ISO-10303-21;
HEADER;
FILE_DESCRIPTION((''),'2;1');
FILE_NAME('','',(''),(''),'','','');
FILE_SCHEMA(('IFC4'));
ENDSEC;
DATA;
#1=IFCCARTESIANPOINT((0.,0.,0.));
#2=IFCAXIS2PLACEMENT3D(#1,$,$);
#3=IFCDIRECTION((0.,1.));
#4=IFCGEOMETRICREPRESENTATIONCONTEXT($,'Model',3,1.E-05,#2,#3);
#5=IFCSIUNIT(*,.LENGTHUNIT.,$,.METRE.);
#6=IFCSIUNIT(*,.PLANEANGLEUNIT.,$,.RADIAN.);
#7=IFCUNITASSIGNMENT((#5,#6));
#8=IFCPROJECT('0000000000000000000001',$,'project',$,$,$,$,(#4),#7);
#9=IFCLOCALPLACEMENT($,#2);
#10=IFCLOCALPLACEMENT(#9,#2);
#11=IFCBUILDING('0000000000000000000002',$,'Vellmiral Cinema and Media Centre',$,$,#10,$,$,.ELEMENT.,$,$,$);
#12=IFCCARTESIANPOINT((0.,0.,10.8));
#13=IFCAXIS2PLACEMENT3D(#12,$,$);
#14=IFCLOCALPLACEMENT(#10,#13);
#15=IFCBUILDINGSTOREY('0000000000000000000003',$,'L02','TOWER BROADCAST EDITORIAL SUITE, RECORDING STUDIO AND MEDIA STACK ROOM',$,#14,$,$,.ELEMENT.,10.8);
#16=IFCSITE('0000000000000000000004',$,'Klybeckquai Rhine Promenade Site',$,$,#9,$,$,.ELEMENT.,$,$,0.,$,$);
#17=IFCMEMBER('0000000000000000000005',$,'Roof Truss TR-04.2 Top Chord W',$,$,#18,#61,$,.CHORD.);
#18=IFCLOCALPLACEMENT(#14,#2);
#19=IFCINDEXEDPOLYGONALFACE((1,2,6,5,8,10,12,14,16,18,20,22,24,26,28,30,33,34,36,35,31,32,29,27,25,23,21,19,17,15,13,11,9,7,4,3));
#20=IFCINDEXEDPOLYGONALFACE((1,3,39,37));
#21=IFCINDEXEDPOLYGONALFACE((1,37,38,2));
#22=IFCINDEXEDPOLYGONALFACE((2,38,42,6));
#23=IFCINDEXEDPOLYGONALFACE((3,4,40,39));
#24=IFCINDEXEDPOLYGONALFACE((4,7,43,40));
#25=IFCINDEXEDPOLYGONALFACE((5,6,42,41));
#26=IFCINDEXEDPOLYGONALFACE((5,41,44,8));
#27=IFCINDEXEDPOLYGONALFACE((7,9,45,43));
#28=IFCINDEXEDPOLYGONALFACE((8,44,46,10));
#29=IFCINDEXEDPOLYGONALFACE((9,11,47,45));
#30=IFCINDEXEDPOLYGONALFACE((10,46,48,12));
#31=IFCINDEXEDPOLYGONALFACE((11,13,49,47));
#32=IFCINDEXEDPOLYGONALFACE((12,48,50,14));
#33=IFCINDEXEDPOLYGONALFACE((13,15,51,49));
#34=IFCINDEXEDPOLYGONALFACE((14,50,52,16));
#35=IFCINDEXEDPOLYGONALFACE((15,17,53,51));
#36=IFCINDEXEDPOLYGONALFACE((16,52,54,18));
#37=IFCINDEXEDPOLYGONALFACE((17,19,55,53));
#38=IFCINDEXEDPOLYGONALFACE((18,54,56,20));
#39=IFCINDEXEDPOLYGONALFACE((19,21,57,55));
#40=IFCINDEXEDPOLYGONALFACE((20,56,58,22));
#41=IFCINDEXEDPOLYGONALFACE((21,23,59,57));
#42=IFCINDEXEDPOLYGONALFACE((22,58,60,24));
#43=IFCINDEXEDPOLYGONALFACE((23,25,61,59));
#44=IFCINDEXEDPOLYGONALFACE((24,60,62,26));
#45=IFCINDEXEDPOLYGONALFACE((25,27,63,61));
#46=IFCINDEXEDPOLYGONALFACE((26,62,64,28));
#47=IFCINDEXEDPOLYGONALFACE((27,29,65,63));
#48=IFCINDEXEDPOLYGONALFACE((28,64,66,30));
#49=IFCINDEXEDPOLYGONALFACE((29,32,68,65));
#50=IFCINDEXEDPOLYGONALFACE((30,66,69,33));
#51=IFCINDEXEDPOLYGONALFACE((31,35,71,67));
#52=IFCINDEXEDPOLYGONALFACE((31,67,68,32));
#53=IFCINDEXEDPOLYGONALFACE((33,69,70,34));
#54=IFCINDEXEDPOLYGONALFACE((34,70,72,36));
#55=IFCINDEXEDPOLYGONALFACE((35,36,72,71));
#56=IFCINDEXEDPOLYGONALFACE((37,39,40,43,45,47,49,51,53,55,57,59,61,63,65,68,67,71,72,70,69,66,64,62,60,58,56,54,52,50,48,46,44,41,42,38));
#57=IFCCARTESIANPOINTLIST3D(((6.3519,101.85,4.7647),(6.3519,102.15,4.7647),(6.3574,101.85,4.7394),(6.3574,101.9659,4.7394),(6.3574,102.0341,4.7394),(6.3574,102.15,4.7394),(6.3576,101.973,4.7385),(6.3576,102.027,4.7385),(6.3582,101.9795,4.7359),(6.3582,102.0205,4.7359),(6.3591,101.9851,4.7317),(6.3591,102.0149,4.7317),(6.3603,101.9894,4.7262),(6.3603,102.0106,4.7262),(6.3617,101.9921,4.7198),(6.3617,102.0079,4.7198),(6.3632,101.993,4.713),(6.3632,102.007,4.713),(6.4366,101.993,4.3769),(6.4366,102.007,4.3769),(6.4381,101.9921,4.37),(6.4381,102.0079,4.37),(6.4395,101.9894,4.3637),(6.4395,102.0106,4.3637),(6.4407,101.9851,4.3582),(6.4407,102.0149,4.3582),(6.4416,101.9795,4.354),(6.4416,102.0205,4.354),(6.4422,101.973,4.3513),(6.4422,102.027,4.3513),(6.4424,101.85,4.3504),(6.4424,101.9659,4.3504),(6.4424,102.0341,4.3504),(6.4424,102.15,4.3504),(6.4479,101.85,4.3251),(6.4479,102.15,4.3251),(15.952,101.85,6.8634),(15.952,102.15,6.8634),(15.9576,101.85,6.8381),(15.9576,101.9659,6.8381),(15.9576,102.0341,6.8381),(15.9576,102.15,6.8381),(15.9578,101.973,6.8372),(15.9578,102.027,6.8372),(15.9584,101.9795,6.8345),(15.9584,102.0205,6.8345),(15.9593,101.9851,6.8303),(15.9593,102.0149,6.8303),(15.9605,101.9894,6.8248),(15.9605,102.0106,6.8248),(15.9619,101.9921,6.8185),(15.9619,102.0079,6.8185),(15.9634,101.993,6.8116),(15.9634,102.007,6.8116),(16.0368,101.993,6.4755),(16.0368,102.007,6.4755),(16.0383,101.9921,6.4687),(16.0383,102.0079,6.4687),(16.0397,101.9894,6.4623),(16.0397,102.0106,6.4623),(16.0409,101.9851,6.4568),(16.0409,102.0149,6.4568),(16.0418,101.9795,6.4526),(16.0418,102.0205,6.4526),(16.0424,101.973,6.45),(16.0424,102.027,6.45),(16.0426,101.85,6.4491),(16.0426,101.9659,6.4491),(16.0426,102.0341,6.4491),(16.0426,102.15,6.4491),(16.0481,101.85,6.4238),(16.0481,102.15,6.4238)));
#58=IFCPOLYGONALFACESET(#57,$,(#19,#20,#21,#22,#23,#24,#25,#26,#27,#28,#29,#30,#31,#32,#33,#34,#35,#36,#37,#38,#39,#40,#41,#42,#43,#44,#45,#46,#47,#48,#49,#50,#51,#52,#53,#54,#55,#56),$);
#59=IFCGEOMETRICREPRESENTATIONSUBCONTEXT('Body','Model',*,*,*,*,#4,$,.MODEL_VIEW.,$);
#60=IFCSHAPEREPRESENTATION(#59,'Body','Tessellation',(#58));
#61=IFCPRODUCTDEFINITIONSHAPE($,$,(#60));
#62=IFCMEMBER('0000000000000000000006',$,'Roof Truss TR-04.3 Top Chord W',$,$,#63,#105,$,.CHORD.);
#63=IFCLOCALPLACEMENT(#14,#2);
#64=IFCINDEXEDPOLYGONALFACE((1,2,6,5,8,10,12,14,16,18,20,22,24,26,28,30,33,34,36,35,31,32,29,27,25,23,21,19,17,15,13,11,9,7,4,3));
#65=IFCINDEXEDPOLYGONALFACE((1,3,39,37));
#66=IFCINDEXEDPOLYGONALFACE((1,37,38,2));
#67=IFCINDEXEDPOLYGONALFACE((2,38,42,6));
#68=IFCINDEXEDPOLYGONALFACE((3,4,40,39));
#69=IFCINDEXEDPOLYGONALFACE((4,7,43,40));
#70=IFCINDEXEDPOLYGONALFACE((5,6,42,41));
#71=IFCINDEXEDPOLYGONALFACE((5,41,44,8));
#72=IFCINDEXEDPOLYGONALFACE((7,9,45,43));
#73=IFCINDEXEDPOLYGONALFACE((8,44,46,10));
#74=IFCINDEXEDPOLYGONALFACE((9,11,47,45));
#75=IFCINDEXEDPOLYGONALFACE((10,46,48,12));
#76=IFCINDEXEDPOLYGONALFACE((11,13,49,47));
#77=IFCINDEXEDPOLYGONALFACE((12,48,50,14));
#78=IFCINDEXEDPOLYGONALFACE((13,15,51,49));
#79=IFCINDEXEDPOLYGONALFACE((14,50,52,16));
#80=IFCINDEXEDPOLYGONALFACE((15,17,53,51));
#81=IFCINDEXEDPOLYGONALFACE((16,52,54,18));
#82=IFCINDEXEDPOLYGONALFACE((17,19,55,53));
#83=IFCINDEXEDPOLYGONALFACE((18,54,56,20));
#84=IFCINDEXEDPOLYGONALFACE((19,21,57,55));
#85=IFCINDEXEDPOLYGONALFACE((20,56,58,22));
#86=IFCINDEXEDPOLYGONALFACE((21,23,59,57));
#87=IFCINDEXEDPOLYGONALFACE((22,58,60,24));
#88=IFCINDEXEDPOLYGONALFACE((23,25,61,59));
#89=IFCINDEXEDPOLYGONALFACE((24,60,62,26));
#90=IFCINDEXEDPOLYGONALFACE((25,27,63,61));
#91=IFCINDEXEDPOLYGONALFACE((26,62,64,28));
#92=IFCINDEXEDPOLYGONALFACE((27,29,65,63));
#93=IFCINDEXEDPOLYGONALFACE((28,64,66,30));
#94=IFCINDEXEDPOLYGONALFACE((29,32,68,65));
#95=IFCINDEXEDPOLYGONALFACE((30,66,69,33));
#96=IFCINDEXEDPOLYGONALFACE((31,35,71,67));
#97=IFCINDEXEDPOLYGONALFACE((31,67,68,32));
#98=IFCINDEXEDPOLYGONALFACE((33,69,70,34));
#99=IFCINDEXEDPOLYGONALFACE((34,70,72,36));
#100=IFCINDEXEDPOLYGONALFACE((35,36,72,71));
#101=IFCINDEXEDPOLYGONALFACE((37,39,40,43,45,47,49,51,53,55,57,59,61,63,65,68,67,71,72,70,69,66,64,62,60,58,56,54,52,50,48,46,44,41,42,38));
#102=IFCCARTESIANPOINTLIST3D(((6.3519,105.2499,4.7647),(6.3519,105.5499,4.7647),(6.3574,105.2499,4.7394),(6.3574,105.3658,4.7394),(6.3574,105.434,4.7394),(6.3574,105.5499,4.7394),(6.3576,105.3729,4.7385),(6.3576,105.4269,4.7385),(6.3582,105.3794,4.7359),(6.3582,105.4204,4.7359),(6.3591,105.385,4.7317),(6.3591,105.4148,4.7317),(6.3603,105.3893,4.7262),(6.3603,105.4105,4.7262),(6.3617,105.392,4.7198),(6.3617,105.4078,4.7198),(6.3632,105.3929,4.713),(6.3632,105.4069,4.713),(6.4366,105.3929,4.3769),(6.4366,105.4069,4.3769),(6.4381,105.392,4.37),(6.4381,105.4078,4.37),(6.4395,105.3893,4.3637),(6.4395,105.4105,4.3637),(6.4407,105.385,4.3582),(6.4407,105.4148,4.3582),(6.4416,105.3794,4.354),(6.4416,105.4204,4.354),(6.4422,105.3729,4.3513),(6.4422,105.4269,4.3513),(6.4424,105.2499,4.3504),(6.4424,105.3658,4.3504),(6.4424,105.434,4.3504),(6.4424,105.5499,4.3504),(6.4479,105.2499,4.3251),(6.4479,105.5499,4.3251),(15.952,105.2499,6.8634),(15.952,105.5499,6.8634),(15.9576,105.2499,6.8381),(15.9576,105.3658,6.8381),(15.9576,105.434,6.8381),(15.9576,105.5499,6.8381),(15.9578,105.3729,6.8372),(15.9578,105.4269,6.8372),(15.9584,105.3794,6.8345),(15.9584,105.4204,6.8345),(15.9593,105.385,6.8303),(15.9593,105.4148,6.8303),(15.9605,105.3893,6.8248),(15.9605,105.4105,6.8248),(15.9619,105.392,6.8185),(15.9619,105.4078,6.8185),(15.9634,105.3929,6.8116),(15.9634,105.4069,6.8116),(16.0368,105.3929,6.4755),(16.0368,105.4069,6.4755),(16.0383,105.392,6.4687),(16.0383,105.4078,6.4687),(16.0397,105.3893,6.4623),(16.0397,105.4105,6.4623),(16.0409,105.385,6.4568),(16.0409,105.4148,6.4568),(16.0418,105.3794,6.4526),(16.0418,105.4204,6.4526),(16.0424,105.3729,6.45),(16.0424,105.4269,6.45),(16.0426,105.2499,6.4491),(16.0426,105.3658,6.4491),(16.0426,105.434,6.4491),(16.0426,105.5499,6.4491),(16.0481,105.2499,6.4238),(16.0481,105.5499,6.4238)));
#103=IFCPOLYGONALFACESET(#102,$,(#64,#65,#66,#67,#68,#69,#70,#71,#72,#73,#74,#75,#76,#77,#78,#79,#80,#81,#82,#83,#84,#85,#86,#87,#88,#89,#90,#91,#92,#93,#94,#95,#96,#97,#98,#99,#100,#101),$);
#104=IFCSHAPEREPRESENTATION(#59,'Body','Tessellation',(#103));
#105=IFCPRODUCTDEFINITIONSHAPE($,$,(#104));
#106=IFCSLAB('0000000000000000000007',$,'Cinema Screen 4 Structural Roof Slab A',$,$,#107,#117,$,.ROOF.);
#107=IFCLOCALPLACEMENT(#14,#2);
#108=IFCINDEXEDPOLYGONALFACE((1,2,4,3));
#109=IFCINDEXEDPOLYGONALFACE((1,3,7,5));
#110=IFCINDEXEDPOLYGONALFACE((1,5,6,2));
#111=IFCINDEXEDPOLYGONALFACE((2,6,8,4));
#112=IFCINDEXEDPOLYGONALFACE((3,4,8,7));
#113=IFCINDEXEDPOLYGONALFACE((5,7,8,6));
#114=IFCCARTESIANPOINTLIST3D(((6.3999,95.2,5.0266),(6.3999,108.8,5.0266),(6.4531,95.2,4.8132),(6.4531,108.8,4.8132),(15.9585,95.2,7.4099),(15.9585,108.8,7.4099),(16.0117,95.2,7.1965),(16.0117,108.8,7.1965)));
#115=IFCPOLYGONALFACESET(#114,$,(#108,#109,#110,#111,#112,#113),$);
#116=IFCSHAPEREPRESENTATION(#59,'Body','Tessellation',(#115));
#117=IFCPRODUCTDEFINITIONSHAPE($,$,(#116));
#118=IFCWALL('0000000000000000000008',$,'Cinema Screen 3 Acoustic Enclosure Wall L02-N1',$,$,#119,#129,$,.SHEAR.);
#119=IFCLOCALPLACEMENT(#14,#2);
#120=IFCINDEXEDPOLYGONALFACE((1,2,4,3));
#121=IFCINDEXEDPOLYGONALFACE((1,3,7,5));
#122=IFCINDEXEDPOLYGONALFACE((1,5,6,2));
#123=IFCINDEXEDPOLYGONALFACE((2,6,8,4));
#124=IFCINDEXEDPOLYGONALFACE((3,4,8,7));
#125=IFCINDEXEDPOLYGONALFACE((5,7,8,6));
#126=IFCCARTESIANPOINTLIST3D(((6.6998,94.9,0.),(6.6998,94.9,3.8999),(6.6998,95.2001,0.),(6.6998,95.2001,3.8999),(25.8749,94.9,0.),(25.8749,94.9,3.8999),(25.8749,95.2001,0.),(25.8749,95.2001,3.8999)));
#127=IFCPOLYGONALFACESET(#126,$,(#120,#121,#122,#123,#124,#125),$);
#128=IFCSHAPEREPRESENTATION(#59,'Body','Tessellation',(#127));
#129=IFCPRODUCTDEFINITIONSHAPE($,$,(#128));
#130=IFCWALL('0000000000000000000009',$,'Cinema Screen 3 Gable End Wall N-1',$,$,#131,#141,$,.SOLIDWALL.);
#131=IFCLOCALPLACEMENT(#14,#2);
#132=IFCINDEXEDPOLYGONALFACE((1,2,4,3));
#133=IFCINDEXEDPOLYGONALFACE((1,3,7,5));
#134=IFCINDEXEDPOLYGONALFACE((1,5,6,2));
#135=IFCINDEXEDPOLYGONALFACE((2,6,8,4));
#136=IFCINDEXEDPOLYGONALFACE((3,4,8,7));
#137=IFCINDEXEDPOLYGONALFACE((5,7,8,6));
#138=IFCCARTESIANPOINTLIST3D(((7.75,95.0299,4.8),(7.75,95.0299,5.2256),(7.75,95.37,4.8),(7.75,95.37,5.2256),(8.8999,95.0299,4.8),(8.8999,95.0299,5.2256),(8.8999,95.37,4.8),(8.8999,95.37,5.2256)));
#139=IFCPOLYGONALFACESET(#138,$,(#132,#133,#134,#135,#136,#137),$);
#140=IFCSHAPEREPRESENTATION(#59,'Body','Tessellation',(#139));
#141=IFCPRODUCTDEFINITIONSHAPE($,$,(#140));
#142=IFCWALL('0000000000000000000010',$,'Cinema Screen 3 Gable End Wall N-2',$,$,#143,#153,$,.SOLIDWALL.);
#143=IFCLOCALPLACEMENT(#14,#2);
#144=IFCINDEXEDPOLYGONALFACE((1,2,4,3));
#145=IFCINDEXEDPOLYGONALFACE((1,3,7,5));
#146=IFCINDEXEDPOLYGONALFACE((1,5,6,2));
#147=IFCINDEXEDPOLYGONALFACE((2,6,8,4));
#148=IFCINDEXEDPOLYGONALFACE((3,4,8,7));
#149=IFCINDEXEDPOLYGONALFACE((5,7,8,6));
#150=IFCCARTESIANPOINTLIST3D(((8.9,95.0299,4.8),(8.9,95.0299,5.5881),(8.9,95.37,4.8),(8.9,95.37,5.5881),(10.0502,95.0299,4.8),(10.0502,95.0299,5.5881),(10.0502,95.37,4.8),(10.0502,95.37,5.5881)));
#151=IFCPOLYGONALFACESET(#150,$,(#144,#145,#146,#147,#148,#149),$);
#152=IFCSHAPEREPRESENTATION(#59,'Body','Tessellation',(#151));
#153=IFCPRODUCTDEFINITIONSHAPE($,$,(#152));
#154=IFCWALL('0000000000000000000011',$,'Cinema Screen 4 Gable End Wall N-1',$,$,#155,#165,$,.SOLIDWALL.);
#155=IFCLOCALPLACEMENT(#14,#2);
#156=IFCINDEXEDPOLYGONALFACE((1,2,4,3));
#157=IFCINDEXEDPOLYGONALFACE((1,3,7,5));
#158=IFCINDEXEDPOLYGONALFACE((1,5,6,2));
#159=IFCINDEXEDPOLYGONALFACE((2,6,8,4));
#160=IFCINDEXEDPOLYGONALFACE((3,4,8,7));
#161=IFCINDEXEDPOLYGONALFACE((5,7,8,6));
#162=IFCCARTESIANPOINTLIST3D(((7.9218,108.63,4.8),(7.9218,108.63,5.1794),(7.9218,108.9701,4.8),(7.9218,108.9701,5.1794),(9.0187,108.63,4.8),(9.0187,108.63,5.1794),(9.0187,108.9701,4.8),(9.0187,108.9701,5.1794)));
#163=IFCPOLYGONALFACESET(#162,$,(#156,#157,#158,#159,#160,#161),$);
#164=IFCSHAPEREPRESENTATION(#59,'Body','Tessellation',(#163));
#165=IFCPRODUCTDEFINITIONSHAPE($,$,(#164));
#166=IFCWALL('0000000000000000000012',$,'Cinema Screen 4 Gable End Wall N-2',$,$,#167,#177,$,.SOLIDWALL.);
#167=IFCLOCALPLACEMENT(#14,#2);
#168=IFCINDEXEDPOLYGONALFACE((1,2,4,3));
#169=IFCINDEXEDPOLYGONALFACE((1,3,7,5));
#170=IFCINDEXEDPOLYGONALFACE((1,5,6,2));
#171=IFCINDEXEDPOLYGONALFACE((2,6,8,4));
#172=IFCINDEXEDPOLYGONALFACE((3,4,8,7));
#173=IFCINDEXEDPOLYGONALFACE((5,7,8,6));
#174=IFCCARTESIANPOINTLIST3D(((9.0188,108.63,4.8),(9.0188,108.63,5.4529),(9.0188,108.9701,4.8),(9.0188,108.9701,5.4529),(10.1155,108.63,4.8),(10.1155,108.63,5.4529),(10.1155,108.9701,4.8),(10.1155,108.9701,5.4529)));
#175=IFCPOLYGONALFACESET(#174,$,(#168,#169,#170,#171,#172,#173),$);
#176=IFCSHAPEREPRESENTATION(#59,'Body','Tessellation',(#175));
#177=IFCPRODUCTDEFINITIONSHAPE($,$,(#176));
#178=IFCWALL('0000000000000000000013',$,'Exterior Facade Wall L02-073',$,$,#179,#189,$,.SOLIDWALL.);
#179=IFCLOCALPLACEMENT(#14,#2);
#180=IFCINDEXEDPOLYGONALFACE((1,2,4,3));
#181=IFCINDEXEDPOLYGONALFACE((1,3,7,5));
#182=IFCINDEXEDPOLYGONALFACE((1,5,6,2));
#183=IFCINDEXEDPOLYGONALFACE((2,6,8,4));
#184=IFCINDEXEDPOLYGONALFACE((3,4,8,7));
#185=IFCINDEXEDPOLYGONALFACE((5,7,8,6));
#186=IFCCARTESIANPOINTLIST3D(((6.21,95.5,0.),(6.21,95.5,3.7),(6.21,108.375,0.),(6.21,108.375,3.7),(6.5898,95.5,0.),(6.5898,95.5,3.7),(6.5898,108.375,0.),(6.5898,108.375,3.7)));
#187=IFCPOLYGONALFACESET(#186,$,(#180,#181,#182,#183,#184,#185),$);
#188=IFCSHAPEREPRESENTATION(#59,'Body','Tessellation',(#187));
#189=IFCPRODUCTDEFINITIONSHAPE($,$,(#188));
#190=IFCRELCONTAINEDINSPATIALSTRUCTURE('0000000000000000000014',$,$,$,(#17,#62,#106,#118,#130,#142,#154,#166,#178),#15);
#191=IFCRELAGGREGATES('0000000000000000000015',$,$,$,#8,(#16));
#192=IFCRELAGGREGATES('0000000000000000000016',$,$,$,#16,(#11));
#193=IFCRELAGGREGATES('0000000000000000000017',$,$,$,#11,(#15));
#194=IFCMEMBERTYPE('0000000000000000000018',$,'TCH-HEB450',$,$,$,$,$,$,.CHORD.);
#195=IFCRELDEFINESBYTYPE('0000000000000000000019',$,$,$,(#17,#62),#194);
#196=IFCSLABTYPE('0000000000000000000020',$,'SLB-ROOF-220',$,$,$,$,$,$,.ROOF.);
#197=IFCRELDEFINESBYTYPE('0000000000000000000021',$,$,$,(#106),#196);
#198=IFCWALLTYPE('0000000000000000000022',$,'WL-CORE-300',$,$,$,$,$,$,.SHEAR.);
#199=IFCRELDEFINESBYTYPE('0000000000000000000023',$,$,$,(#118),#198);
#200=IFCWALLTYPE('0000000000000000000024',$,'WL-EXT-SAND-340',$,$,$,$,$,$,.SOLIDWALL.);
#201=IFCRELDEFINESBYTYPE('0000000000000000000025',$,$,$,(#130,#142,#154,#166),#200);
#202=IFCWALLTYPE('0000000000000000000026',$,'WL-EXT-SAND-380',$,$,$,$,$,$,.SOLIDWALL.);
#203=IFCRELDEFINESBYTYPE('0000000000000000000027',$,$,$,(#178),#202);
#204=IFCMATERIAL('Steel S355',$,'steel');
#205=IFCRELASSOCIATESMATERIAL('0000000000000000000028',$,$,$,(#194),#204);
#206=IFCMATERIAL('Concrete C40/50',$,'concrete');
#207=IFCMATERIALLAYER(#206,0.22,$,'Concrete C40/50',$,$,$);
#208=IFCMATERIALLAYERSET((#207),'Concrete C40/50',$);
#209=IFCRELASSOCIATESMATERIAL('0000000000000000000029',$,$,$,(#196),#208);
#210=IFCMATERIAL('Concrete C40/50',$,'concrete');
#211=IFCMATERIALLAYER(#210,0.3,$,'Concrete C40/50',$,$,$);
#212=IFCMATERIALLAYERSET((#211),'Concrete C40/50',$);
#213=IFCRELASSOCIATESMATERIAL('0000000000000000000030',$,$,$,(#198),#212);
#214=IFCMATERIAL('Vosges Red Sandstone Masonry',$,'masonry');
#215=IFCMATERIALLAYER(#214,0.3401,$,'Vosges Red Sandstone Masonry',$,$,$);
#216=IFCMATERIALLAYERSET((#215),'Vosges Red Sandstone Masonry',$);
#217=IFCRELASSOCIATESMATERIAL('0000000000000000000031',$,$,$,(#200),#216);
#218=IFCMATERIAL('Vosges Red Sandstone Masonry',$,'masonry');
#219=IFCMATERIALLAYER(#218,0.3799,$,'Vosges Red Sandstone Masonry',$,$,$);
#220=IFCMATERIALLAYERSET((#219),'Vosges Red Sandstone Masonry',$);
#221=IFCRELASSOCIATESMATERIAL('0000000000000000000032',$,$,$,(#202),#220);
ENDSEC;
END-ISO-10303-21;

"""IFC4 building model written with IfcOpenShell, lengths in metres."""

from ifc_helpers import new_model, si_unit, direction, frame, frame_2d, origin, origin_2d, place, context, subcontext, project, spatial, polyline, rectangle, i_section, outline, extrude, material, layer, layer_set, material_profile, profile_set, type_object, element, save


model = new_model("IFC4")

# Units and contexts
model_context = context("Model", 3, precision=1e-05, world=origin(), true_north=direction((0.0, 1.0)))
body_context = subcontext(model_context, "Body", "Model", "MODEL_VIEW")
ifc_project = project(units=[si_unit("LENGTHUNIT", "METRE"), si_unit("PLANEANGLEUNIT", "RADIAN")], contexts=[model_context])

# Site, building, storey
site_placement = place(None, origin())
site = spatial("IfcSite", under=ifc_project, at=site_placement, Name="Klybeckquai Rhine Promenade Site", CompositionType="ELEMENT", RefElevation=0.0)
building_placement = place(site_placement, origin())
building = spatial("IfcBuilding", under=site, at=building_placement, Name="Vellmiral Cinema and Media Centre", CompositionType="ELEMENT")
storey_placement = place(building_placement, frame((0.0, 0.0, 10.8)))
storey = spatial("IfcBuildingStorey", under=building, at=storey_placement, Name="L02", Description="TOWER BROADCAST EDITORIAL SUITE, RECORDING STUDIO AND MEDIA STACK ROOM", CompositionType="ELEMENT", Elevation=10.8)

# Members
ifc_material_1 = material(Name="Steel S355", Category="steel")
ifc_material_profile_1 = material_profile(ifc_material_1, i_section(OverallWidth=0.3, OverallDepth=0.45, WebThickness=0.0139, FlangeThickness=0.0259, FilletRadius=0.0271, at=origin_2d()), Name="HEB 450")
ifc_profile_set_1 = profile_set([ifc_material_profile_1], Name="Steel S355")
member_type_1 = type_object("IfcMemberType", Name="TCH-HEB450", PredefinedType="CHORD", material=ifc_profile_set_1)
for number, where, z_axis, x_axis, name in (
    (1, (6.3999, 102.0, 4.5449), (0.97693, 0.0, 0.213562), (0.0, 1.0, 0.0), "Roof Truss TR-04.2 Top Chord W"),
    (2, (6.3999, 105.3999, 4.5449), (0.97693, 0.0, 0.213562), (0.0, 1.0, 0.0), "Roof Truss TR-04.3 Top Chord W"),
):
    element("IfcMember", number, at=place(storey_placement, frame(where, z_axis=z_axis, x_axis=x_axis)), inside=storey, type_object=member_type_1, Name=name, PredefinedType="CHORD", context=body_context, shape_type="SweptSolid", body=[
        extrude(i_section(OverallWidth=0.3, OverallDepth=0.45, WebThickness=0.0139, FlangeThickness=0.0259, FilletRadius=0.0271, at=origin_2d()), origin(), (0.0, 0.0, 1.0), 9.8269),
    ])

# Slab
ifc_material_2 = material(Name="Concrete C40/50", Category="concrete")
ifc_layer_1 = layer(ifc_material_2, 0.22, Name="Concrete C40/50")
ifc_layer_set_1 = layer_set([ifc_layer_1], Name="Concrete C40/50")
slab_type = type_object("IfcSlabType", Name="SLB-ROOF-220", PredefinedType="ROOF", material=ifc_layer_set_1)
slab_placement = place(storey_placement, frame((6.3999, 95.2, 5.0266), z_axis=(-0.241929, 0.0, 0.970294), x_axis=(0.970294, 0.0, 0.241929)))
element("IfcSlab", 3, at=slab_placement, inside=storey, type_object=slab_type, Name="Cinema Screen 4 Structural Roof Slab A", PredefinedType="ROOF", context=body_context, shape_type="SweptSolid", body=[
    extrude(outline(polyline([(0.0, 0.0), (9.8512, 0.0), (9.8512, 13.6001), (0.0, 13.6001), (0.0, 0.0)])), origin(), (0.0, 0.0, -1.0), 0.22),
])

# Walls
ifc_material_3 = material(Name="Concrete C40/50", Category="concrete")
ifc_layer_2 = layer(ifc_material_3, 0.3, Name="Concrete C40/50")
ifc_layer_set_2 = layer_set([ifc_layer_2], Name="Concrete C40/50")
wall_type_1 = type_object("IfcWallType", Name="WL-CORE-300", PredefinedType="SHEAR", material=ifc_layer_set_2)
wall_1_placement = place(storey_placement, frame((6.7, 95.05, 0.0), z_axis=(0.0, 0.0, 1.0), x_axis=(1.0, 0.0, 0.0)))
element("IfcWall", 4, at=wall_1_placement, inside=storey, type_object=wall_type_1, Name="Cinema Screen 3 Acoustic Enclosure Wall L02-N1", PredefinedType="SHEAR", context=body_context, shape_type="SweptSolid", body=[
    extrude(rectangle(XDim=19.175, YDim=0.3, at=frame_2d((9.5874, 0.0))), origin(), (0.0, 0.0, 1.0), 3.8999),
])
ifc_material_4 = material(Name="Vosges Red Sandstone Masonry", Category="masonry")
ifc_layer_3 = layer(ifc_material_4, 0.3401, Name="Vosges Red Sandstone Masonry")
ifc_layer_set_3 = layer_set([ifc_layer_3], Name="Vosges Red Sandstone Masonry")
wall_type_2 = type_object("IfcWallType", Name="WL-EXT-SAND-340", PredefinedType="SOLIDWALL", material=ifc_layer_set_3)
wall_2_placement = place(storey_placement, frame((7.75, 95.2, 4.8), z_axis=(0.0, 0.0, 1.0), x_axis=(1.0, 0.0, 0.0)))
element("IfcWall", 5, at=wall_2_placement, inside=storey, type_object=wall_type_2, Name="Cinema Screen 3 Gable End Wall N-1", PredefinedType="SOLIDWALL", context=body_context, shape_type="SweptSolid", body=[
    extrude(rectangle(XDim=1.1499, YDim=0.3401, at=frame_2d((0.575, 0.0))), origin(), (0.0, 0.0, 1.0), 0.4255),
])
wall_3_placement = place(storey_placement, frame((8.8999, 95.2, 4.8), z_axis=(0.0, 0.0, 1.0), x_axis=(1.0, 0.0, 0.0)))
element("IfcWall", 6, at=wall_3_placement, inside=storey, type_object=wall_type_2, Name="Cinema Screen 3 Gable End Wall N-2", PredefinedType="SOLIDWALL", context=body_context, shape_type="SweptSolid", body=[
    extrude(rectangle(XDim=1.1501, YDim=0.3401, at=frame_2d((0.5752, 0.0))), origin(), (0.0, 0.0, 1.0), 0.7881),
])
wall_4_placement = place(storey_placement, frame((7.9219, 108.8, 4.8), z_axis=(0.0, 0.0, 1.0), x_axis=(1.0, 0.0, 0.0)))
element("IfcWall", 7, at=wall_4_placement, inside=storey, type_object=wall_type_2, Name="Cinema Screen 4 Gable End Wall N-1", PredefinedType="SOLIDWALL", context=body_context, shape_type="SweptSolid", body=[
    extrude(rectangle(XDim=1.0969, YDim=0.3401, at=frame_2d((0.5483, 0.0))), origin(), (0.0, 0.0, 1.0), 0.3794),
])
wall_5_placement = place(storey_placement, frame((9.0188, 108.8, 4.8), z_axis=(0.0, 0.0, 1.0), x_axis=(1.0, 0.0, 0.0)))
element("IfcWall", 8, at=wall_5_placement, inside=storey, type_object=wall_type_2, Name="Cinema Screen 4 Gable End Wall N-2", PredefinedType="SOLIDWALL", context=body_context, shape_type="SweptSolid", body=[
    extrude(rectangle(XDim=1.0967, YDim=0.3401, at=frame_2d((0.5483, 0.0))), origin(), (0.0, 0.0, 1.0), 0.6528),
])
ifc_material_5 = material(Name="Vosges Red Sandstone Masonry", Category="masonry")
ifc_layer_4 = layer(ifc_material_5, 0.3799, Name="Vosges Red Sandstone Masonry")
ifc_layer_set_4 = layer_set([ifc_layer_4], Name="Vosges Red Sandstone Masonry")
wall_type_3 = type_object("IfcWallType", Name="WL-EXT-SAND-380", PredefinedType="SOLIDWALL", material=ifc_layer_set_4)
wall_6_placement = place(storey_placement, frame((6.3999, 108.375, 0.0), z_axis=(0.0, 0.0, 1.0), x_axis=(0.0, -1.0, 0.0)))
element("IfcWall", 9, at=wall_6_placement, inside=storey, type_object=wall_type_3, Name="Exterior Facade Wall L02-073", PredefinedType="SOLIDWALL", context=body_context, shape_type="SweptSolid", body=[
    extrude(rectangle(XDim=12.875, YDim=0.3799, at=frame_2d((6.4375, 0.0))), origin(), (0.0, 0.0, 1.0), 3.7),
])

save(model, "model.ifc")
